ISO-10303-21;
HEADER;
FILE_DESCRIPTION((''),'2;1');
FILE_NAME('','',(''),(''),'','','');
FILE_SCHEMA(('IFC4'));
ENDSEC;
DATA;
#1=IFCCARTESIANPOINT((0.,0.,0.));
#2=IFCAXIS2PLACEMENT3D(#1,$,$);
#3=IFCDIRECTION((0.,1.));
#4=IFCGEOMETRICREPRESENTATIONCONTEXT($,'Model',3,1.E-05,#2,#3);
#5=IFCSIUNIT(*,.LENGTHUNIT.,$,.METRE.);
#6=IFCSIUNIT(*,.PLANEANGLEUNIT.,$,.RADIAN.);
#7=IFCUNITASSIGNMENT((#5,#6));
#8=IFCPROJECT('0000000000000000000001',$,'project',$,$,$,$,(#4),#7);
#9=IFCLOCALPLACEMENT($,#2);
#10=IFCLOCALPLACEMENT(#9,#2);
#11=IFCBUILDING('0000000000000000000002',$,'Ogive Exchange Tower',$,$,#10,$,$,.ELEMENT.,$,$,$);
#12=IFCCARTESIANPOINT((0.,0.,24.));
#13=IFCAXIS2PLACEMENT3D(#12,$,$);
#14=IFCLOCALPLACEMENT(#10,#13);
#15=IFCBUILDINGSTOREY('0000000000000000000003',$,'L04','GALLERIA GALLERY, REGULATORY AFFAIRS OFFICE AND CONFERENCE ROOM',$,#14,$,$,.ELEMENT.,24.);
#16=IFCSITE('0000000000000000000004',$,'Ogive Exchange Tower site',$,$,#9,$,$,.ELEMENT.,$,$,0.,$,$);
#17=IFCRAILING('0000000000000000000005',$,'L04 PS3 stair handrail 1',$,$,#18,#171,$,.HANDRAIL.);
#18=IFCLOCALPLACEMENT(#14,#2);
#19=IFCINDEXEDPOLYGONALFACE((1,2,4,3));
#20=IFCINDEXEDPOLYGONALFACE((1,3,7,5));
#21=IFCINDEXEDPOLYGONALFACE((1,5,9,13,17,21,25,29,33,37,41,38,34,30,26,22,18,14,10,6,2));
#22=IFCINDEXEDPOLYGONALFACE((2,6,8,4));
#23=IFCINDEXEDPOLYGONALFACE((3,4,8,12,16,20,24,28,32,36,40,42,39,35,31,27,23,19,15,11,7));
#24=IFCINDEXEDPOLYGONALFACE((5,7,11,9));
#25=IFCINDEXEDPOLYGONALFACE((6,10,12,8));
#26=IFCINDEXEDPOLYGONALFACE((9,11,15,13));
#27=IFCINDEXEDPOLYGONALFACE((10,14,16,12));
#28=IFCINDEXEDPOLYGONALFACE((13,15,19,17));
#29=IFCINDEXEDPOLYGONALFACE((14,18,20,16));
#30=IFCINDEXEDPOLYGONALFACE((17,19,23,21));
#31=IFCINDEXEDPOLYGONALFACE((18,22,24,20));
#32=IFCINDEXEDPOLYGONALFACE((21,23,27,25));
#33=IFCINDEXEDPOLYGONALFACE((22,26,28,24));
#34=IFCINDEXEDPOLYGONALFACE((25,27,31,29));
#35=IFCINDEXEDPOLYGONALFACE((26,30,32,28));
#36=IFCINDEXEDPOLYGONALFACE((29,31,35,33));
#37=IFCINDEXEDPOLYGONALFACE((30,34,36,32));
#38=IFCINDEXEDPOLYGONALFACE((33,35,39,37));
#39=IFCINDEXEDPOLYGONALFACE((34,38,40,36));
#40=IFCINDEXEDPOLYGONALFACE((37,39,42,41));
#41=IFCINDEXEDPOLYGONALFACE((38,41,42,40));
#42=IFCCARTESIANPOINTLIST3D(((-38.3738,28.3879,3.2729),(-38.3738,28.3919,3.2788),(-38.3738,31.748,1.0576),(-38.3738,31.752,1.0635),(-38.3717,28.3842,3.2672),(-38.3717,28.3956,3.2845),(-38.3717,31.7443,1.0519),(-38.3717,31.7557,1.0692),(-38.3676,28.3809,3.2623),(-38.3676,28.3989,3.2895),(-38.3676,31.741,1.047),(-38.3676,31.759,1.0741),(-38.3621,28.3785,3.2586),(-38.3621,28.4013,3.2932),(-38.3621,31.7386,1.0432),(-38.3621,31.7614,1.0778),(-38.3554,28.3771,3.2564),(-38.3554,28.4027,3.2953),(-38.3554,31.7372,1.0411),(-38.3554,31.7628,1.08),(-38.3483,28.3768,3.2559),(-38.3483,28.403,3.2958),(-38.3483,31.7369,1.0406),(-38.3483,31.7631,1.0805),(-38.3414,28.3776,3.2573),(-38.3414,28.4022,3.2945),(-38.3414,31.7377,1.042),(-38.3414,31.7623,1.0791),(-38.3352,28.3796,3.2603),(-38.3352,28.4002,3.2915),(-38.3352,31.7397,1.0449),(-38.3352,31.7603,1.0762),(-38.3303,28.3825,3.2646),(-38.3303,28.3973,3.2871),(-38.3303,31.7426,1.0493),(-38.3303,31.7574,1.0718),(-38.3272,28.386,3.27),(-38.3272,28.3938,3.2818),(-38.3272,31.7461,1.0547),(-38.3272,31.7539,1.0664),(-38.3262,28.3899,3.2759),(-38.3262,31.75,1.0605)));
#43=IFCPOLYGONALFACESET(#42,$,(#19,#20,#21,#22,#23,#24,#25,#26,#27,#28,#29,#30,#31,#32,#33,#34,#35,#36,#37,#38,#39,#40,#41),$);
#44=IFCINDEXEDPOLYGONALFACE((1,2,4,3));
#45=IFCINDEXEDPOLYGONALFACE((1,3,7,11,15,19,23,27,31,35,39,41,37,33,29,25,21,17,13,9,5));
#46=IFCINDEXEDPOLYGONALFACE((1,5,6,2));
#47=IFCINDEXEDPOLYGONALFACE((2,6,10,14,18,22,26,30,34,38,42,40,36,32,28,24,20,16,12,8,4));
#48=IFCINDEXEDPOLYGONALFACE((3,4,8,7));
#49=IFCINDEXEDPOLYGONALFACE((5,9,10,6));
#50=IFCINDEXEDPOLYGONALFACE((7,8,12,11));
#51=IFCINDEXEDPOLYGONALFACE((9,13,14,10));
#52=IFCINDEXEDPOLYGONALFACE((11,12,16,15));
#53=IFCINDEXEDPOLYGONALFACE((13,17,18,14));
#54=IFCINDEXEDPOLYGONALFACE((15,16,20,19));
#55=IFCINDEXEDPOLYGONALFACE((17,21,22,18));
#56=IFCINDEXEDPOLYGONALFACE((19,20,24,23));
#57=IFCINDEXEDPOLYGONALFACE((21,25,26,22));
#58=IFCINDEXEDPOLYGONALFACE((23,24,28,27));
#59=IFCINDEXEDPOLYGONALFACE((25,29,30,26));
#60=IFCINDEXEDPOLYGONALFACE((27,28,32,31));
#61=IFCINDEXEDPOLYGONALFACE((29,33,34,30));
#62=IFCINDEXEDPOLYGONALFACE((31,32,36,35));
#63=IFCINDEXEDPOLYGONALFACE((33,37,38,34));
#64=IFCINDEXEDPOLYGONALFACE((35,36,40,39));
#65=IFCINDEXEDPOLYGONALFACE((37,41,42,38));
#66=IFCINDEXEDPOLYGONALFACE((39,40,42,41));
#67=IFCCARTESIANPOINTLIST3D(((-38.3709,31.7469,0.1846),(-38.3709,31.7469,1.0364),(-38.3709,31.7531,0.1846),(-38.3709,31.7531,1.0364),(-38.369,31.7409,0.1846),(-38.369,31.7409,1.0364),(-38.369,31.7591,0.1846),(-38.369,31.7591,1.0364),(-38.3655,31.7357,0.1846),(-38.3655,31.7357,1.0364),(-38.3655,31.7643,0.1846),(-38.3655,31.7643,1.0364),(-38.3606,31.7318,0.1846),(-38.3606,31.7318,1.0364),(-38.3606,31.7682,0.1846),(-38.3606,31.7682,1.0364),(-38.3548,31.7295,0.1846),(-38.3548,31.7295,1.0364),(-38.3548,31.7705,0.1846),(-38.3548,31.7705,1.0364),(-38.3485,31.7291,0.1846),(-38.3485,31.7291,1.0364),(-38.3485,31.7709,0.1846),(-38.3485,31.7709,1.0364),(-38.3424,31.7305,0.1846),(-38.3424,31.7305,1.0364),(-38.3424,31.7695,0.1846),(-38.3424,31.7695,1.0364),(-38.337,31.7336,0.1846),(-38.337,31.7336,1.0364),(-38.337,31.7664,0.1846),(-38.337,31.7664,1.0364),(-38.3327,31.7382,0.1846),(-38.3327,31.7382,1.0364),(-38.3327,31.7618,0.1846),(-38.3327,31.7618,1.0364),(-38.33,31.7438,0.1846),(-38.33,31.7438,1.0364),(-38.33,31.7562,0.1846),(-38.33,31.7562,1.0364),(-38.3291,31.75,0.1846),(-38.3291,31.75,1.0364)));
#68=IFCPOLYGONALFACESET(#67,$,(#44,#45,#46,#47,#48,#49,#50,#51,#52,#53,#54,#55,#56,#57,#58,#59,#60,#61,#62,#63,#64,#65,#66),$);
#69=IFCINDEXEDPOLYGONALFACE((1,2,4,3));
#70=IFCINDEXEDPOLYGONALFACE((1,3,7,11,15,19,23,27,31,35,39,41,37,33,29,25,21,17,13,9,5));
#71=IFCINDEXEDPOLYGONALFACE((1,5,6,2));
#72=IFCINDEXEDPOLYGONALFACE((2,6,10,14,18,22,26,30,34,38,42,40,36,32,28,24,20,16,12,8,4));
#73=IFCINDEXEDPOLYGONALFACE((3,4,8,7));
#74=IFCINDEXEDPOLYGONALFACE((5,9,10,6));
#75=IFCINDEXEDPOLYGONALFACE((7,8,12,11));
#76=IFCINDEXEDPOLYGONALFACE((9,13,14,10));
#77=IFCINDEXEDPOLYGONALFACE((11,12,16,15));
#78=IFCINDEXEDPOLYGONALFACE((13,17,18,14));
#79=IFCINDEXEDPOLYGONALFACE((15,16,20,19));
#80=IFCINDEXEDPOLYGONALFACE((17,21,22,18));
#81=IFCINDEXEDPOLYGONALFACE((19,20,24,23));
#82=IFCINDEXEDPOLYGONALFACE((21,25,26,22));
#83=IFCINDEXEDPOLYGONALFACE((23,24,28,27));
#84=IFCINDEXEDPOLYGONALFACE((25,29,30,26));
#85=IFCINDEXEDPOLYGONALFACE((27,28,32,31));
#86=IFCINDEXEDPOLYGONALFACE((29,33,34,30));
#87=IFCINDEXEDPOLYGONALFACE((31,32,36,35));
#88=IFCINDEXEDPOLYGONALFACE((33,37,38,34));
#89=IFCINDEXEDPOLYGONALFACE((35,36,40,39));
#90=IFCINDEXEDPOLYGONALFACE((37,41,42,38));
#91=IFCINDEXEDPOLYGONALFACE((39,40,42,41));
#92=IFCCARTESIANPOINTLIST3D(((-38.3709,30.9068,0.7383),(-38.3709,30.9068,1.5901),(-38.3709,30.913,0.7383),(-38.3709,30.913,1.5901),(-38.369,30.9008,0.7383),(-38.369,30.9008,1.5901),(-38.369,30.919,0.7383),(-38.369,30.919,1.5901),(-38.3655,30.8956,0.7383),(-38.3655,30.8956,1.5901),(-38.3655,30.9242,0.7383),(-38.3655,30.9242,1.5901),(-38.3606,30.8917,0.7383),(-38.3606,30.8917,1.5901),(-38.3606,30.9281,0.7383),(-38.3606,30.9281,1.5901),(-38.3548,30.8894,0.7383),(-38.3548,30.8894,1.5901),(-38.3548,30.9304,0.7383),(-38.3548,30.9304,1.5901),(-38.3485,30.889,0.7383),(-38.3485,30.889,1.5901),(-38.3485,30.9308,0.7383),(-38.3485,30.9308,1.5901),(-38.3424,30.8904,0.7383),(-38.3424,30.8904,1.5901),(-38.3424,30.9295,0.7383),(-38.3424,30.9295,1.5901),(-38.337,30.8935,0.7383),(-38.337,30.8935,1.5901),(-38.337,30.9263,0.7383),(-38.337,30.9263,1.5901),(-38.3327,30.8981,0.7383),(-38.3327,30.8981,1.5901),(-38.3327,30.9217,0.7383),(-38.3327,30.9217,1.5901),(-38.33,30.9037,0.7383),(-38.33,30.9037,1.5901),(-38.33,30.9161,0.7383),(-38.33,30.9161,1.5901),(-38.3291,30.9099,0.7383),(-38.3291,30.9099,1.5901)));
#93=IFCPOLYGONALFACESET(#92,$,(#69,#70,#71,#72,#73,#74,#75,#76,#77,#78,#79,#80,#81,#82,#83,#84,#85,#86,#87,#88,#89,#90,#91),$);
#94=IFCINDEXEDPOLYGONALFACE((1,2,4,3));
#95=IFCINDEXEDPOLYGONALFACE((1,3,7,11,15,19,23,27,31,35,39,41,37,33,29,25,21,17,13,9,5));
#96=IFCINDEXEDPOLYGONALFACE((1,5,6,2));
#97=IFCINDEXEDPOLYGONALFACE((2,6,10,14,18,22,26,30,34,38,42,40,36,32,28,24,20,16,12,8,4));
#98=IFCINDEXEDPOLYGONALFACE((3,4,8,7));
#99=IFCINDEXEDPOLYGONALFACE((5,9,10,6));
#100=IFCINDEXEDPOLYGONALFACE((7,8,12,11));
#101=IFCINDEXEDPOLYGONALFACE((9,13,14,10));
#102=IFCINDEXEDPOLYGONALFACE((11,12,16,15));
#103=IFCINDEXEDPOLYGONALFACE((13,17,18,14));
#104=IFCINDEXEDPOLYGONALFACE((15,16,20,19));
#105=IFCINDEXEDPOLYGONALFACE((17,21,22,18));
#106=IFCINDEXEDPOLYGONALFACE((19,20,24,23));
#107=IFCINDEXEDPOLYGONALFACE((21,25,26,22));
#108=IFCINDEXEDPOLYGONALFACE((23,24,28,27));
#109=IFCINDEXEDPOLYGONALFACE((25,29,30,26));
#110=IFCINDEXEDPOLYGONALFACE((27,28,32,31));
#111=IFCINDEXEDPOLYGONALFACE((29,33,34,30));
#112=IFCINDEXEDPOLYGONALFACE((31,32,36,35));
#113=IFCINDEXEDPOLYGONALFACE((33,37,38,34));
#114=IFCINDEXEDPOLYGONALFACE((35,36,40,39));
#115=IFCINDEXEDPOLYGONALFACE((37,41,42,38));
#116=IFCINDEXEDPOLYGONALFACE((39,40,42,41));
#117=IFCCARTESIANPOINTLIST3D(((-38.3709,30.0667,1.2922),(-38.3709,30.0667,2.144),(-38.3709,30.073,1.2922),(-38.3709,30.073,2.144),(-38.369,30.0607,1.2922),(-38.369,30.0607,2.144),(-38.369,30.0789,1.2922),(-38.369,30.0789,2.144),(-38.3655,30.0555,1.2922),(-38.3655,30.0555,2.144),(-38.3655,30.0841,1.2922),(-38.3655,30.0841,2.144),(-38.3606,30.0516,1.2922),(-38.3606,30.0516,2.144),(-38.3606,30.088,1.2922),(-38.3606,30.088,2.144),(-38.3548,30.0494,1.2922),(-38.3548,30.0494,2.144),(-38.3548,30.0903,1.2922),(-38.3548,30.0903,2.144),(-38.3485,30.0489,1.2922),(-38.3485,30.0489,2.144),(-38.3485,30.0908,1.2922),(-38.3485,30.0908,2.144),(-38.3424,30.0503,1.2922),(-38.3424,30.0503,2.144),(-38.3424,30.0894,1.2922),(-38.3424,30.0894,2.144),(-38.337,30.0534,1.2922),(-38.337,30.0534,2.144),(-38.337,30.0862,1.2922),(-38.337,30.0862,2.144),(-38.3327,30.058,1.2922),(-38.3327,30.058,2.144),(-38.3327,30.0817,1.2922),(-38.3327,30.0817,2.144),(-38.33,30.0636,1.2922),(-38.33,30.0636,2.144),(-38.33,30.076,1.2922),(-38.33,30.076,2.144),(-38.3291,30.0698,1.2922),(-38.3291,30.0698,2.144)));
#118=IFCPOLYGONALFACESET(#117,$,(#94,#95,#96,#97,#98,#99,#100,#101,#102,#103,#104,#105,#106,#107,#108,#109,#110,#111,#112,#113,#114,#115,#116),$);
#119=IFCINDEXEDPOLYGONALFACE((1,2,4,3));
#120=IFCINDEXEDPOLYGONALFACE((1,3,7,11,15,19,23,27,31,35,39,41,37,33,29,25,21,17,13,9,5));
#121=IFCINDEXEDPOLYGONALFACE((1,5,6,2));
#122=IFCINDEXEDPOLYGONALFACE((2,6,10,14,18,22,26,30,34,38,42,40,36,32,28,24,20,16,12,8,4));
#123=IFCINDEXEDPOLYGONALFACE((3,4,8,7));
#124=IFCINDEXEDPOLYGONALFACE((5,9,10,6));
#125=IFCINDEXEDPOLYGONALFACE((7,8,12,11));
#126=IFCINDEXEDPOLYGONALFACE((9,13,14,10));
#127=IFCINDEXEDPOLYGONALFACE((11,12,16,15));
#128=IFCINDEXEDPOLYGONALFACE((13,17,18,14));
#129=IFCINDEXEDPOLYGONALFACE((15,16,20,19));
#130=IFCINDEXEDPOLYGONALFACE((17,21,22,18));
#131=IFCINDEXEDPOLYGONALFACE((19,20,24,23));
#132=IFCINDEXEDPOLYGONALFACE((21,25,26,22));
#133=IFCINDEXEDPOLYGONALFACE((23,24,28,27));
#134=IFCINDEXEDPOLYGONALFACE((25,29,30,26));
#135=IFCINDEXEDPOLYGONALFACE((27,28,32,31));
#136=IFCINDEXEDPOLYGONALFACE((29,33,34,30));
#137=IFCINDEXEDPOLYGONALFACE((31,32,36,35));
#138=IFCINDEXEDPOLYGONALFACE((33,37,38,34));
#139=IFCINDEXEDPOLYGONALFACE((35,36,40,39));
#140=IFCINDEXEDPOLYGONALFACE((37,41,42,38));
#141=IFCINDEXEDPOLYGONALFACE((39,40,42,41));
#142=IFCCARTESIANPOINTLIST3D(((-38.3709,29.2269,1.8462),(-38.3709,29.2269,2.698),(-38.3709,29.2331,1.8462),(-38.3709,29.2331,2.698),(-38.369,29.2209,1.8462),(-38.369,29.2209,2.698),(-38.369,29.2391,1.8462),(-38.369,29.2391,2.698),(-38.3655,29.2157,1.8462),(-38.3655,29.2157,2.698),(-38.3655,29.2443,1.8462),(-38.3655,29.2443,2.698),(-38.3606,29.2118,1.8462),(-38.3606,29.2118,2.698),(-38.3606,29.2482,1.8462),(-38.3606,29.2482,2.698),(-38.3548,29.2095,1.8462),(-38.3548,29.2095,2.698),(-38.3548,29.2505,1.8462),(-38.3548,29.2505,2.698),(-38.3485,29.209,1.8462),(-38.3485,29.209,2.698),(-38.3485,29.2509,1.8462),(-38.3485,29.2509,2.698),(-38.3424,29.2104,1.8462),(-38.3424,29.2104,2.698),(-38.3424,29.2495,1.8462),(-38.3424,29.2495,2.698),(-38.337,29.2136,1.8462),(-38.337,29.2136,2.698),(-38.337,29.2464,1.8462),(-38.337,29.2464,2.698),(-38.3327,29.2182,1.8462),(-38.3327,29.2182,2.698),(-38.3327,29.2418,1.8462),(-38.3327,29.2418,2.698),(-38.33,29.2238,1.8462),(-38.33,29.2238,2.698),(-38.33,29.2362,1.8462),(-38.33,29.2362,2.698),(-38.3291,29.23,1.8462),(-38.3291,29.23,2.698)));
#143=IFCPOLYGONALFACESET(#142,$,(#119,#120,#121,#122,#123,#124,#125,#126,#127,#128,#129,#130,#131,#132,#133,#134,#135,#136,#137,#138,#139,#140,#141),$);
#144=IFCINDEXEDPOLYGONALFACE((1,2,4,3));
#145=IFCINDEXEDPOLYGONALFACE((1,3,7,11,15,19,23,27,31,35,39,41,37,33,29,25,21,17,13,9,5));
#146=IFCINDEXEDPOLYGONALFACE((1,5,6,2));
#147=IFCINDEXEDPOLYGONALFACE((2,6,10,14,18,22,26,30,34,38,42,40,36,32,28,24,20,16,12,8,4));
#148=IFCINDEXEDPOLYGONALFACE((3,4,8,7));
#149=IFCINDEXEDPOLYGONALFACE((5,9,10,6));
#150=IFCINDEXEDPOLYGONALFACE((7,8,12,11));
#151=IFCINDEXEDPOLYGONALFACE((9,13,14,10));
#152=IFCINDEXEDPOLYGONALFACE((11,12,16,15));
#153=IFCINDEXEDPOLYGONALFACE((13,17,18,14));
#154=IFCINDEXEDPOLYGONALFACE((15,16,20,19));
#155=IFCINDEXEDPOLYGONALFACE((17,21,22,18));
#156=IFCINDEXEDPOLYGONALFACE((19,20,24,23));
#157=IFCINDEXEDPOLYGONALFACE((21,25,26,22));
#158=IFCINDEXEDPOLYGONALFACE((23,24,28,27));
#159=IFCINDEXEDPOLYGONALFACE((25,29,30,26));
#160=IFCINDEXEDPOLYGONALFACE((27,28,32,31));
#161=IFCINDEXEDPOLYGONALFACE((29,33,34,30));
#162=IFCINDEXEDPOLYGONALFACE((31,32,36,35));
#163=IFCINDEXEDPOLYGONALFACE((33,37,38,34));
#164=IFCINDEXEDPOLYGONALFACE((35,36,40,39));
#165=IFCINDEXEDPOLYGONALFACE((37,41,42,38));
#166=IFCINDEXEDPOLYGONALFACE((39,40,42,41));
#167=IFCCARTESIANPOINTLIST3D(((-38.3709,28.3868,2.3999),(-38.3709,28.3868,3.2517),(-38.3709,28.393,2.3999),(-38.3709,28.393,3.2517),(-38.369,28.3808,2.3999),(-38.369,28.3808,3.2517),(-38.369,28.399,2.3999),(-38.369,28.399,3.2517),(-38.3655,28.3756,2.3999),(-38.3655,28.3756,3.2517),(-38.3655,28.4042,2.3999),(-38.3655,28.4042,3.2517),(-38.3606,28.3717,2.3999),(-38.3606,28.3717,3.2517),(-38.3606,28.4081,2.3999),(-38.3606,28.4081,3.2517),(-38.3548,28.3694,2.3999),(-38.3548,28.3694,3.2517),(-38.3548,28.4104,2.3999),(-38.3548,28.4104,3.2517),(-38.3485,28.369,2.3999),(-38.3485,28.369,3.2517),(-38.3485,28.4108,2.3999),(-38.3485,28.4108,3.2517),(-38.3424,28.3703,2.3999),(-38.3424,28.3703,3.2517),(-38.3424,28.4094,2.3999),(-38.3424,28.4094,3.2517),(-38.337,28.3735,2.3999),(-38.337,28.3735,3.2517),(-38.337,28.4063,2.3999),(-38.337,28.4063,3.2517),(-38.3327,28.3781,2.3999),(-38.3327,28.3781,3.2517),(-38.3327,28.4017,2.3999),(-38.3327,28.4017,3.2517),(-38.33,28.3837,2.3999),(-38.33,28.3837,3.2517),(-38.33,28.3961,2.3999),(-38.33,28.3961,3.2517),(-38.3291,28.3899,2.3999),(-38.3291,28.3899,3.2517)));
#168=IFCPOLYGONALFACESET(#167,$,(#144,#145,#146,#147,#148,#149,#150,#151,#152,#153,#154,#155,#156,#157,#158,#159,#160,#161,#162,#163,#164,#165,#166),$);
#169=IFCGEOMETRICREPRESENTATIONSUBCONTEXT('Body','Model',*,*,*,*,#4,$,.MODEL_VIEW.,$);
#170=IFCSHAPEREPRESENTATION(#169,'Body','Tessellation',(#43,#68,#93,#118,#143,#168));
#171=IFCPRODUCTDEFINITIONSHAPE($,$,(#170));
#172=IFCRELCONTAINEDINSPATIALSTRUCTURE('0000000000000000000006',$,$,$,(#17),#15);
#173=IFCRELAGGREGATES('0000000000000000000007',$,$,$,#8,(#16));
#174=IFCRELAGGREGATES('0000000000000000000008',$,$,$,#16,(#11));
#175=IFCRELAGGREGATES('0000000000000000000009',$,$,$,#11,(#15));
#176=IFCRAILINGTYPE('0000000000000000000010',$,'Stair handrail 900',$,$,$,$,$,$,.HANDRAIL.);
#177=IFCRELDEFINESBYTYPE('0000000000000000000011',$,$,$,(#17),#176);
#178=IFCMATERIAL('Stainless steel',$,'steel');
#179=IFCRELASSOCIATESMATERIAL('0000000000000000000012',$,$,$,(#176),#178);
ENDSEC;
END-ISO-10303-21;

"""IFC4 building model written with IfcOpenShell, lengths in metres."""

from ifc_helpers import new_model, si_unit, direction, frame, origin, origin_2d, place, context, subcontext, project, spatial, circle, extrude, material, type_object, element, save


model = new_model("IFC4")

# Units and contexts
model_context = context("Model", 3, precision=1e-05, world=origin(), true_north=direction((0.0, 1.0)))
body_context = subcontext(model_context, "Body", "Model", "MODEL_VIEW")
ifc_project = project(units=[si_unit("LENGTHUNIT", "METRE"), si_unit("PLANEANGLEUNIT", "RADIAN")], contexts=[model_context])

# Site, building, storey
site_placement = place(None, origin())
site = spatial("IfcSite", under=ifc_project, at=site_placement, Name="Ogive Exchange Tower site", CompositionType="ELEMENT", RefElevation=0.0)
building_placement = place(site_placement, origin())
building = spatial("IfcBuilding", under=site, at=building_placement, Name="Ogive Exchange Tower", CompositionType="ELEMENT")
storey_placement = place(building_placement, frame((0.0, 0.0, 24.0)))
storey = spatial("IfcBuildingStorey", under=building, at=storey_placement, Name="L04", Description="GALLERIA GALLERY, REGULATORY AFFAIRS OFFICE AND CONFERENCE ROOM", CompositionType="ELEMENT", Elevation=24.0)

# Railing
ifc_material_1 = material(Name="Stainless steel", Category="steel")
railing_type = type_object("IfcRailingType", Name="Stair handrail 900", PredefinedType="HANDRAIL", material=ifc_material_1)
railing_1_placement = place(storey_placement, frame((-38.3501, 31.75, 0.1846)))
element("IfcRailing", 1, at=railing_1_placement, inside=storey, type_object=railing_type, Name="L04 PS3 stair handrail 1", PredefinedType="HANDRAIL", context=body_context, shape_type="SweptSolid", body=[
    extrude(circle(Radius=0.0239, at=origin_2d()), frame((0.0, 0.0, 0.876), z_axis=(0.0, -0.834876, 0.550437), x_axis=(1.0, 0.0, 0.0)), (0.0, 0.0, 1.0), 4.0247),
    extrude(circle(Radius=0.021, at=origin_2d()), origin(), (0.0, 0.0, 1.0), 0.8518),
    extrude(circle(Radius=0.021, at=origin_2d()), frame((0.0, -0.8401, 0.5537)), (0.0, 0.0, 1.0), 0.8518),
    extrude(circle(Radius=0.021, at=origin_2d()), frame((0.0, -1.6802, 1.1077)), (0.0, 0.0, 1.0), 0.8518),
    extrude(circle(Radius=0.021, at=origin_2d()), frame((0.0, -2.52, 1.6616)), (0.0, 0.0, 1.0), 0.8518),
    extrude(circle(Radius=0.021, at=origin_2d()), frame((0.0, -3.3601, 2.2153)), (0.0, 0.0, 1.0), 0.8518),
])

save(model, "model.ifc")
